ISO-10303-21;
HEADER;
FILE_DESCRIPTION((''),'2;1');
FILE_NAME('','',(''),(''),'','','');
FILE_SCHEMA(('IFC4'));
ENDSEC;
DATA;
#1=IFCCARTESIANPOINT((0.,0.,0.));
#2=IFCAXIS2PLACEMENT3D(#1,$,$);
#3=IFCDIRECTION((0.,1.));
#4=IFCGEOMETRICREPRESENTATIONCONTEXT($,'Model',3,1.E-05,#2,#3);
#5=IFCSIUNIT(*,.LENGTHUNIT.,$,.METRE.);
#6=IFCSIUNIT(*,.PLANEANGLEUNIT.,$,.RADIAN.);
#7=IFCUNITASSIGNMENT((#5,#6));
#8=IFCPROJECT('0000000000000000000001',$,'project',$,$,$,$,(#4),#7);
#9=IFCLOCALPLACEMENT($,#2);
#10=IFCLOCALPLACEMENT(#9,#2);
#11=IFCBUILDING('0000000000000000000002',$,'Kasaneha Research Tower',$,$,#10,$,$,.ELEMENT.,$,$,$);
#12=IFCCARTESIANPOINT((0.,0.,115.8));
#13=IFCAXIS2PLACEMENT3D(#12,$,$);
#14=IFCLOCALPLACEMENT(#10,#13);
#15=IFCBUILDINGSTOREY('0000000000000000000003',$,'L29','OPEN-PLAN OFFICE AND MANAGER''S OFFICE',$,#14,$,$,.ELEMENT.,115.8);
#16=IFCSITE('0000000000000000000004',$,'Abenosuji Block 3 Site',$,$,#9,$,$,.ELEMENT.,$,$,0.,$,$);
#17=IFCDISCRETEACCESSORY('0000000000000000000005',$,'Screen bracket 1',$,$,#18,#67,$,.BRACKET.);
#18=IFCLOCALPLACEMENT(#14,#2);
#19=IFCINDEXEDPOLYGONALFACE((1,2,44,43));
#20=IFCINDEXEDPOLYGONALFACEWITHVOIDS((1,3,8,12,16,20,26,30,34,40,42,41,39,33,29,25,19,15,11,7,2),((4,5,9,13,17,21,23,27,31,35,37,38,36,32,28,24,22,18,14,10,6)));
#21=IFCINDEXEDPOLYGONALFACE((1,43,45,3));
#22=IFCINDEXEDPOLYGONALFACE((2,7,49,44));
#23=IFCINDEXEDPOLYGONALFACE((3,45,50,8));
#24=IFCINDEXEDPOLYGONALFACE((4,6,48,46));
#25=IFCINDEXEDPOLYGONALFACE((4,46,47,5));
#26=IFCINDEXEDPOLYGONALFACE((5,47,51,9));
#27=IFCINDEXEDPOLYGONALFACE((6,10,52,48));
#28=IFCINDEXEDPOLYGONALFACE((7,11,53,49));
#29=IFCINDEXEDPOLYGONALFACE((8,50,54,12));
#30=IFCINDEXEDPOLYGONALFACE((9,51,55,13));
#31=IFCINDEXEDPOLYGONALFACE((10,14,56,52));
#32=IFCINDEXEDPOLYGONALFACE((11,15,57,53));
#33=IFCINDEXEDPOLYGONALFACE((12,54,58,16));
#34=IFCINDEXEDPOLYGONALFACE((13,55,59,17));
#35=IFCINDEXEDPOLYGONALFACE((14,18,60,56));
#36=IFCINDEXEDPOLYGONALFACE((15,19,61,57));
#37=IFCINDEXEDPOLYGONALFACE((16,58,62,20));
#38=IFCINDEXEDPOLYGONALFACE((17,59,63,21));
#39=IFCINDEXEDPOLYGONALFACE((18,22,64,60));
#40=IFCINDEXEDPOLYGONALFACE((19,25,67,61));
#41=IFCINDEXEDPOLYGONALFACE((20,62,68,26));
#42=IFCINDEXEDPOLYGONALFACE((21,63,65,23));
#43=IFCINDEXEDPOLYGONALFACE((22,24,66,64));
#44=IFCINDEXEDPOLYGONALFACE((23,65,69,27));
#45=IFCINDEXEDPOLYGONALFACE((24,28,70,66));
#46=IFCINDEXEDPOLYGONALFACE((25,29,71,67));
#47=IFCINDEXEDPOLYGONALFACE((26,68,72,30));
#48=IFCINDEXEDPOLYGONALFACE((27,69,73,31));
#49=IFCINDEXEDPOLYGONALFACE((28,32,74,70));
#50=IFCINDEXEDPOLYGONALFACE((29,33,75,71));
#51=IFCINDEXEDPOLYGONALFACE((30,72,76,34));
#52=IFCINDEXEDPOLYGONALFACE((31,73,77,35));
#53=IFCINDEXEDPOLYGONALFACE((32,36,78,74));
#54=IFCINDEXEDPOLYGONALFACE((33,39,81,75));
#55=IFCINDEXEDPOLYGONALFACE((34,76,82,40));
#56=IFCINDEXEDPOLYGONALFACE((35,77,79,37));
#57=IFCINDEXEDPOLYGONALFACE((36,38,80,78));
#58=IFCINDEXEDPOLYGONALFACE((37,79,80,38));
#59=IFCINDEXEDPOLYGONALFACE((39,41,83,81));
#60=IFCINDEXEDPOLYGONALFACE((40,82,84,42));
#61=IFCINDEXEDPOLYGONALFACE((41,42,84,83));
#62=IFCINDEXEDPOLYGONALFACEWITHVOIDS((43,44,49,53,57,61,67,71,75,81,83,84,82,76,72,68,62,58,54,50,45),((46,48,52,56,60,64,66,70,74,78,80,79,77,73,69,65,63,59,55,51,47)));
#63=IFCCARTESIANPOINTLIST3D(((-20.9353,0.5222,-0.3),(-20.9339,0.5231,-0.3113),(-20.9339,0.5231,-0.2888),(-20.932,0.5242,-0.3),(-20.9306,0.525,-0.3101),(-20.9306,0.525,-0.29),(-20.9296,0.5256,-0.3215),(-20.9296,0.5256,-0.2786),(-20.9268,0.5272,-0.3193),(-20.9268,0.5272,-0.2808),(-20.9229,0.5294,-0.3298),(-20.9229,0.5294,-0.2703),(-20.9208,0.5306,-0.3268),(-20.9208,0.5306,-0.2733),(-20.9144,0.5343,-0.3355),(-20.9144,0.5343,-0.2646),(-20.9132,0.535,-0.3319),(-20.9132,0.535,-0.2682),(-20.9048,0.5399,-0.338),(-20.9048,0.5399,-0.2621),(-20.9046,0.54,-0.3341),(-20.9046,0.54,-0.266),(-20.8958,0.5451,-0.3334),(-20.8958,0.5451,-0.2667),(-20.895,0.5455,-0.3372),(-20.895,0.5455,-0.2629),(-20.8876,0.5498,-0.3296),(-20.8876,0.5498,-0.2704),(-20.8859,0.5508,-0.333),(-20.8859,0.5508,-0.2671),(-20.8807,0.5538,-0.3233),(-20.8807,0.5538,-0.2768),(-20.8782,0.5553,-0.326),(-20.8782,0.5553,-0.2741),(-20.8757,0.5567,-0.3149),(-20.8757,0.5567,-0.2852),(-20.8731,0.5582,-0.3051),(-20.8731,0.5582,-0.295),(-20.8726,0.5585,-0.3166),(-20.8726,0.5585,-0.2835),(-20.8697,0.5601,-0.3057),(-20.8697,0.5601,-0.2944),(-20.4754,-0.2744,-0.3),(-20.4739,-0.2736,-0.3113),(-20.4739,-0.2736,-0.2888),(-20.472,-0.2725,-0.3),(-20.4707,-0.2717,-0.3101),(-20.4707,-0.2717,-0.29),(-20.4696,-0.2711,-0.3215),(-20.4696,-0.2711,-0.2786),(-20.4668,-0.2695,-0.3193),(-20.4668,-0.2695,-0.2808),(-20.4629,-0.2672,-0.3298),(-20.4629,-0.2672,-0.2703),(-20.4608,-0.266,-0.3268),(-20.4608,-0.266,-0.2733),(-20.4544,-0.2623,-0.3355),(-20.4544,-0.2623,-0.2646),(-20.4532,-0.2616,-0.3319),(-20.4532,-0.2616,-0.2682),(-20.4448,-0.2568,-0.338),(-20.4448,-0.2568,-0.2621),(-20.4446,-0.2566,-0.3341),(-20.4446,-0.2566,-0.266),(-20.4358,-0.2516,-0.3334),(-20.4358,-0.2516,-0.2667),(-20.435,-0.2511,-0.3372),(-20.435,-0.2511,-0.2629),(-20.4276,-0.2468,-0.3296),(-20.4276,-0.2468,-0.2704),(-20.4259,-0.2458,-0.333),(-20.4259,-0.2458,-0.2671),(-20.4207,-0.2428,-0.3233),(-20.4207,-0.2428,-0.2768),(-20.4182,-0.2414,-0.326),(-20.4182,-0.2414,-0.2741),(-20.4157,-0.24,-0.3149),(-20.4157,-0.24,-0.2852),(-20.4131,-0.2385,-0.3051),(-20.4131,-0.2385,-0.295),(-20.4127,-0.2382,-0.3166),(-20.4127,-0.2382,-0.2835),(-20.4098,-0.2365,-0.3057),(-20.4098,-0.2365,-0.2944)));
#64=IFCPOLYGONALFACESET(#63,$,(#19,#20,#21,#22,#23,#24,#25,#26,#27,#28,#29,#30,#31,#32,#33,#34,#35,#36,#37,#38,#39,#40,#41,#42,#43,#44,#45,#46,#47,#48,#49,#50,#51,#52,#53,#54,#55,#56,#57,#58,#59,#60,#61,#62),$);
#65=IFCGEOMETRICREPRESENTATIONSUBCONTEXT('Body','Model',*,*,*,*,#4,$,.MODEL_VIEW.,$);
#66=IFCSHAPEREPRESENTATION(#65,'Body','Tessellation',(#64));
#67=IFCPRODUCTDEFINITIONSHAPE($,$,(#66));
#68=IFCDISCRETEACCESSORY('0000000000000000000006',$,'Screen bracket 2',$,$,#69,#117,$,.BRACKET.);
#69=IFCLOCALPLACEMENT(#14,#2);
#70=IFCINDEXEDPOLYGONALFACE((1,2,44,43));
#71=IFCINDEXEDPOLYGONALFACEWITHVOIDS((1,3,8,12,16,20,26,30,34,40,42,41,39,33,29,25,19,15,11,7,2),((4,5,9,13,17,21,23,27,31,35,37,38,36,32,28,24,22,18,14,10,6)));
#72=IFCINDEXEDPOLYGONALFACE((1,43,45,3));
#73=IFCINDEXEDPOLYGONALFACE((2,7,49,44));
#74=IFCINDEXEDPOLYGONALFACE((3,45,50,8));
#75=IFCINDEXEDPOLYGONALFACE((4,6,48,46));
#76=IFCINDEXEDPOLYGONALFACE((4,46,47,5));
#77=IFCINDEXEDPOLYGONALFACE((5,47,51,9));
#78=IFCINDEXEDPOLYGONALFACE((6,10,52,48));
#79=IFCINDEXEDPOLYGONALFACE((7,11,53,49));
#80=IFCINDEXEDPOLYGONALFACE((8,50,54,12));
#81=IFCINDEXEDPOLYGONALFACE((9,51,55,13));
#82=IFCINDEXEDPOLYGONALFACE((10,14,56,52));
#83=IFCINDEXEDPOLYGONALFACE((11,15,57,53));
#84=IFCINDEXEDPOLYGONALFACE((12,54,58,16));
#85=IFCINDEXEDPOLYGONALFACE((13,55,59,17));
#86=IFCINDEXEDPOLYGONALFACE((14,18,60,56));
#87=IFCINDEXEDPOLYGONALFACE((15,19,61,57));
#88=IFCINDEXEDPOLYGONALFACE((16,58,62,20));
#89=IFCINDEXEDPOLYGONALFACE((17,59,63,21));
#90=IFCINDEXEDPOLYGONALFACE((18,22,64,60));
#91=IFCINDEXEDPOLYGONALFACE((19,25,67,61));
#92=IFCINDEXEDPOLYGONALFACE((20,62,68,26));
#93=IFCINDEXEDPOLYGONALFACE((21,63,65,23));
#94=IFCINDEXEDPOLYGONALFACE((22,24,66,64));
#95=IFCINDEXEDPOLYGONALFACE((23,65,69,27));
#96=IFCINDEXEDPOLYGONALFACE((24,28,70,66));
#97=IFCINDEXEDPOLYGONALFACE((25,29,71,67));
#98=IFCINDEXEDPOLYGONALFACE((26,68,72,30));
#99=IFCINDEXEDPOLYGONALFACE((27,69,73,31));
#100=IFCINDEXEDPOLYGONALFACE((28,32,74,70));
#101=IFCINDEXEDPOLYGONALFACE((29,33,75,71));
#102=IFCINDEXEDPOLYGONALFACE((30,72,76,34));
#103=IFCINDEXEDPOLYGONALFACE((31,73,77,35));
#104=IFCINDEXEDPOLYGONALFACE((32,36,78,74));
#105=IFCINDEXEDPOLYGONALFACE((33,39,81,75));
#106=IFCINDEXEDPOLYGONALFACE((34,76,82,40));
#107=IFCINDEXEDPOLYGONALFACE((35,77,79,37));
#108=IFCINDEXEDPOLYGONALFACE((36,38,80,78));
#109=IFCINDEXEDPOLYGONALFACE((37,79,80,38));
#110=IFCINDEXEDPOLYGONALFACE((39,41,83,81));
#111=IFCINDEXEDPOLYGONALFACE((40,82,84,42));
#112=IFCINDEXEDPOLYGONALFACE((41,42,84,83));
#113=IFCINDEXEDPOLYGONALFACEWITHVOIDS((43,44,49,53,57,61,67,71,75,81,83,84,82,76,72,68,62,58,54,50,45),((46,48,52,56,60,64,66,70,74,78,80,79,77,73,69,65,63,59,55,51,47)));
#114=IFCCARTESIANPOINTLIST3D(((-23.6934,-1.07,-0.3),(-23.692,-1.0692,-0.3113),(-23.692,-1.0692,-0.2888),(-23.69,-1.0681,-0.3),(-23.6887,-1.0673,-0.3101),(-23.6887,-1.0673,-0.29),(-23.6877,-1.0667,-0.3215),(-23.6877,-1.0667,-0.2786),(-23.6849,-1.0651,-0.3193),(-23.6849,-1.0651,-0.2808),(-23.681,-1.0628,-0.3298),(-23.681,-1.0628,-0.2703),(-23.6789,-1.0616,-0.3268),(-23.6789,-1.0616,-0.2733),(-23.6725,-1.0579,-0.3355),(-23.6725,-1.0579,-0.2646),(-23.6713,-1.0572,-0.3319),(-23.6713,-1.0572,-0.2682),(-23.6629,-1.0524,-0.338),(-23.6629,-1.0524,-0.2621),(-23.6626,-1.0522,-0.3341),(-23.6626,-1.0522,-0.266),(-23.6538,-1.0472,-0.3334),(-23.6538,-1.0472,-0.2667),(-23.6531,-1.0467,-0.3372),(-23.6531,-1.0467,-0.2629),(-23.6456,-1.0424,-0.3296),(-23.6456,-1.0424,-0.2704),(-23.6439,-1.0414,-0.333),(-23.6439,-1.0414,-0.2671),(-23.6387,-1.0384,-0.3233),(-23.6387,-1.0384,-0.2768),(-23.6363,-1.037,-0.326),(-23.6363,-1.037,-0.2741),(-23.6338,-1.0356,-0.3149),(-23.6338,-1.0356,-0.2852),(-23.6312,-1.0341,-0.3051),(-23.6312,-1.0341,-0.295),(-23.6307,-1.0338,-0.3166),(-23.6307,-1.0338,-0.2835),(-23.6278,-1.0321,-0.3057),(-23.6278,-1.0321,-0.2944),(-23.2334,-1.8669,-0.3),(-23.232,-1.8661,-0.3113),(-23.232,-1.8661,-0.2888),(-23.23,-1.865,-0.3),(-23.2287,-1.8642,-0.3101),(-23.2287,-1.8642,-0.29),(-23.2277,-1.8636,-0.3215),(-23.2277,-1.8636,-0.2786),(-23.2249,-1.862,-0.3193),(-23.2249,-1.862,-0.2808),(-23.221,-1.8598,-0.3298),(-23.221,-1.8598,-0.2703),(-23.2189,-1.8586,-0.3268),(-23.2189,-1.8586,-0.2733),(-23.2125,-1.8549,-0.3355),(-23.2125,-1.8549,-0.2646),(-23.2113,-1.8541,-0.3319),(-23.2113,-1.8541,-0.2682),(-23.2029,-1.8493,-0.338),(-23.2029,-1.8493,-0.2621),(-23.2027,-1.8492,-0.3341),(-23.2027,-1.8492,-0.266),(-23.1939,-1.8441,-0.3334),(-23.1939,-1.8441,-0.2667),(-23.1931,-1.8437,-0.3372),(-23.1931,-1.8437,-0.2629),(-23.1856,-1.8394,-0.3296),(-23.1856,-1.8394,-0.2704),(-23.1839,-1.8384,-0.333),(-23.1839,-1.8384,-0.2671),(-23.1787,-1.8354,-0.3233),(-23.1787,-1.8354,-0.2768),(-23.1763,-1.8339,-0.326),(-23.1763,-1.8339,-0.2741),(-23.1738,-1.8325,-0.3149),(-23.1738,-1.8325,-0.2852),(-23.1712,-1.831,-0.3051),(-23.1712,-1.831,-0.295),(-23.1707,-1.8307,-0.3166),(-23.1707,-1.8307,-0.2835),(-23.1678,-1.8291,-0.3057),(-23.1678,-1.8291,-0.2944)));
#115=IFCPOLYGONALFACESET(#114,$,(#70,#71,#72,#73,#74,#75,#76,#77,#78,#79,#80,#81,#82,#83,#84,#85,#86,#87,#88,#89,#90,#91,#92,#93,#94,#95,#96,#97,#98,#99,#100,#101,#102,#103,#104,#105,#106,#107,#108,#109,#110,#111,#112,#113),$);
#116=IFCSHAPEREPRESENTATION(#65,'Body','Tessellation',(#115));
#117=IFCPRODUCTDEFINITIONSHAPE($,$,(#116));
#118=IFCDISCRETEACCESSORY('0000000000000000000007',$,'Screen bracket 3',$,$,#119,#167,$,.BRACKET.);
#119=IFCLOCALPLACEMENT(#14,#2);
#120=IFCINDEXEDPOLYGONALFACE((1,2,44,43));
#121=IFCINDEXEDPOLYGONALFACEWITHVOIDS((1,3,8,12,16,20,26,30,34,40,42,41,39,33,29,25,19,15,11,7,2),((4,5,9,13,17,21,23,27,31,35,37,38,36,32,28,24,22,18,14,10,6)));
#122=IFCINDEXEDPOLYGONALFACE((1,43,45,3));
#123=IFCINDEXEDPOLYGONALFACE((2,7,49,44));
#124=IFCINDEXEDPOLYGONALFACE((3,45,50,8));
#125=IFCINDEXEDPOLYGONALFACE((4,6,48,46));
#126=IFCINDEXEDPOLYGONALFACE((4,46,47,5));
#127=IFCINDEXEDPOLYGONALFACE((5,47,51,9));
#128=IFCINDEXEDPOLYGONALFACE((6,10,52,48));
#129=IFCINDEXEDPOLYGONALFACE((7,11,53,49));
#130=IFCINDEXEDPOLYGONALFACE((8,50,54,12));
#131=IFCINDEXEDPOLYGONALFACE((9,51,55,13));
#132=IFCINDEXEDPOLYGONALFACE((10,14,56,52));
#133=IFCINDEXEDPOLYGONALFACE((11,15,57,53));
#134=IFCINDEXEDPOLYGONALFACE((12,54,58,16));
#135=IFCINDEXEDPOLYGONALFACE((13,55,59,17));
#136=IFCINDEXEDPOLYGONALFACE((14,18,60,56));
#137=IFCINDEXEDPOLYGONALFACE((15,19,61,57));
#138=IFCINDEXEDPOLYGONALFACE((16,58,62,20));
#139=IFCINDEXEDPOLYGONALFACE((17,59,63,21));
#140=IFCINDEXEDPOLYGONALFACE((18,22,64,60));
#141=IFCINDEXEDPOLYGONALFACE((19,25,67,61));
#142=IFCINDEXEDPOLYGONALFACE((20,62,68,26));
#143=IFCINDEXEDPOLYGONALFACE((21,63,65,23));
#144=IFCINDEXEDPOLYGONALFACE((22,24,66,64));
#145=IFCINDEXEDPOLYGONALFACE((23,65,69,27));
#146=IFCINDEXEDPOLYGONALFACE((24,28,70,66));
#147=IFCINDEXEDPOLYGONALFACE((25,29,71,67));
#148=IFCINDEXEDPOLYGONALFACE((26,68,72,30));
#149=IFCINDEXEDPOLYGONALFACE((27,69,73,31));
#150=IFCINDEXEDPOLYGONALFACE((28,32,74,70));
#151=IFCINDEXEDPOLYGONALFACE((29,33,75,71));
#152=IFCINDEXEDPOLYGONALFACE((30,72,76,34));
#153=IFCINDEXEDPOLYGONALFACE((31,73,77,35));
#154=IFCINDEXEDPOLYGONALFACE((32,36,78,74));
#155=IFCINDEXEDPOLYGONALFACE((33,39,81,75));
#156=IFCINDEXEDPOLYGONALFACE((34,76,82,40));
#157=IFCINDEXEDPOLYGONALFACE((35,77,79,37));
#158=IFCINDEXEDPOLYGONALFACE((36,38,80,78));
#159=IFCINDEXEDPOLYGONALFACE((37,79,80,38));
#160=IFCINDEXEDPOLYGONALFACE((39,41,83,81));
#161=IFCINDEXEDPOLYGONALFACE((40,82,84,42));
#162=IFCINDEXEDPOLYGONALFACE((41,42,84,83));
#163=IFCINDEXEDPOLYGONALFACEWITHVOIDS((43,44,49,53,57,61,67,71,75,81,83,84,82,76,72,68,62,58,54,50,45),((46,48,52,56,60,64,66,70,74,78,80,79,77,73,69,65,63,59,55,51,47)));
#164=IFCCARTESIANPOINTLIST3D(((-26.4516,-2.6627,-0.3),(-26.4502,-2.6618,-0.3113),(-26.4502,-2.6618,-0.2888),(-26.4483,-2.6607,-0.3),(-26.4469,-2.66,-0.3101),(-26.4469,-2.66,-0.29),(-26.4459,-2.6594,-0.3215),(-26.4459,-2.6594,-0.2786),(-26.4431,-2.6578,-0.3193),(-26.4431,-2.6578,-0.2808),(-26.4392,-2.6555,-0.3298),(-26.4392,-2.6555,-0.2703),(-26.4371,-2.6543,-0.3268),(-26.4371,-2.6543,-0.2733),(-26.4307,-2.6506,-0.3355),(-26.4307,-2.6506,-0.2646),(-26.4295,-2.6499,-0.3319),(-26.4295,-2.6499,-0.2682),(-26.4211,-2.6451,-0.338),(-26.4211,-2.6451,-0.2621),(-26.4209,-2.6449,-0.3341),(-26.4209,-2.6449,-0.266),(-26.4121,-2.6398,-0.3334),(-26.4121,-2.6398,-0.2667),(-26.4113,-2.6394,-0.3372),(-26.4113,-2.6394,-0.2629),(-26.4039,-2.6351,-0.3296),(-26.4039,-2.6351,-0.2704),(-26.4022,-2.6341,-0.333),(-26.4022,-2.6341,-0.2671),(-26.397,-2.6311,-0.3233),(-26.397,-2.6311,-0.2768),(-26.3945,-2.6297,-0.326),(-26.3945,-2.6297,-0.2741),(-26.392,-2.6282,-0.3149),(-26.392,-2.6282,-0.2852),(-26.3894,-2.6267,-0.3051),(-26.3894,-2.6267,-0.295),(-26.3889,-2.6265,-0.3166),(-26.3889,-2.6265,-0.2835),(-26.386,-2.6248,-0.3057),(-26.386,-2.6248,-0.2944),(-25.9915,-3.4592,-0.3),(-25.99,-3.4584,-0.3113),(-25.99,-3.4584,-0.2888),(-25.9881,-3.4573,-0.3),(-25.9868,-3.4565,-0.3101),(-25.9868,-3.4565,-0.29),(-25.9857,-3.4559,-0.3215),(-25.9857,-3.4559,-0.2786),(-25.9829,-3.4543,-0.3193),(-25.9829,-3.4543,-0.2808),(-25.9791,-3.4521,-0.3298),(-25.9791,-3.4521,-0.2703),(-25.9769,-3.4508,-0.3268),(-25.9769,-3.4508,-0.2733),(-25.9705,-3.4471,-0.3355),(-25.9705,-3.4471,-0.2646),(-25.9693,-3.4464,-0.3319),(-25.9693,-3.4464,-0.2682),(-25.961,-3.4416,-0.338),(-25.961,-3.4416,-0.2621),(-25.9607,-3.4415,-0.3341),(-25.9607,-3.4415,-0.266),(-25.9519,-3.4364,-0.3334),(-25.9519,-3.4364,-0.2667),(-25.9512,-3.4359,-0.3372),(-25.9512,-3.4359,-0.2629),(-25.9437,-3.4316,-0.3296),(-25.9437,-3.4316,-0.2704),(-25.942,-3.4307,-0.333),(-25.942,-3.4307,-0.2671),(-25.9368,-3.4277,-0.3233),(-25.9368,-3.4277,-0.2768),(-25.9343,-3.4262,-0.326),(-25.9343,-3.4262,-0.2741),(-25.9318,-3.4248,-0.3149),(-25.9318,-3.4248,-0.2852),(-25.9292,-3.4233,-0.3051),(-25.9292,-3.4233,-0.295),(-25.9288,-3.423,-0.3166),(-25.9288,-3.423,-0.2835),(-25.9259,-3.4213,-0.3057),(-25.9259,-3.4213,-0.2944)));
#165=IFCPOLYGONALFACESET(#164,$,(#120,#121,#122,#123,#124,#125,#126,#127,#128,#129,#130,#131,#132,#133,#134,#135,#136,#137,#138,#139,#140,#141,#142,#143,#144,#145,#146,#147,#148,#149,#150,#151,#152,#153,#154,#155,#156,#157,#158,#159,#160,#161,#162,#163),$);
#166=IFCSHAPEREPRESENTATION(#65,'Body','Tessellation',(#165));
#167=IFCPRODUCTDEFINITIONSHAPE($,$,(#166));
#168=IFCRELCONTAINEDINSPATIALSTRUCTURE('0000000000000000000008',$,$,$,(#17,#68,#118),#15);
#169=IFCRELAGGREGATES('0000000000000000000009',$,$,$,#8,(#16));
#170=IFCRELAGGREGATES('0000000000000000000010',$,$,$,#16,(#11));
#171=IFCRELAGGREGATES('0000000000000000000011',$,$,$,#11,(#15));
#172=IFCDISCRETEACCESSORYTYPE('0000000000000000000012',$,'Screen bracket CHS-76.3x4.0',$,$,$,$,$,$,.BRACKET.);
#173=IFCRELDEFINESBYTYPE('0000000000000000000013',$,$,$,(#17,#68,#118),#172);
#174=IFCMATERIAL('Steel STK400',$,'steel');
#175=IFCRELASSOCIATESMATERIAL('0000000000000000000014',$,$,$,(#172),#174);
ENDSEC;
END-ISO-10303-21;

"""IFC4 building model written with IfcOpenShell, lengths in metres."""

from ifc_helpers import new_model, si_unit, direction, frame, origin, origin_2d, place, context, subcontext, project, spatial, hollow_circle, extrude, material, material_profile, profile_set, type_object, element, save


model = new_model("IFC4")

# Units and contexts
model_context = context("Model", 3, precision=1e-05, world=origin(), true_north=direction((0.0, 1.0)))
body_context = subcontext(model_context, "Body", "Model", "MODEL_VIEW")
ifc_project = project(units=[si_unit("LENGTHUNIT", "METRE"), si_unit("PLANEANGLEUNIT", "RADIAN")], contexts=[model_context])

# Site, building, storey
site_placement = place(None, origin())
site = spatial("IfcSite", under=ifc_project, at=site_placement, Name="Abenosuji Block 3 Site", CompositionType="ELEMENT", RefElevation=0.0)
building_placement = place(site_placement, origin())
building = spatial("IfcBuilding", under=site, at=building_placement, Name="Kasaneha Research Tower", CompositionType="ELEMENT")
storey_placement = place(building_placement, frame((0.0, 0.0, 115.8)))
storey = spatial("IfcBuildingStorey", under=building, at=storey_placement, Name="L29", Description="OPEN-PLAN OFFICE AND MANAGER'S OFFICE", CompositionType="ELEMENT", Elevation=115.8)

# Discrete accessories
ifc_material_1 = material(Name="Steel STK400", Category="steel")
ifc_material_profile_1 = material_profile(ifc_material_1, hollow_circle(Radius=0.0381, WallThickness=0.0039, at=origin_2d()), Name="CHS-76.3x4.0")
ifc_profile_set_1 = profile_set([ifc_material_profile_1], Name="Steel STK400")
discrete_accessory_type = type_object("IfcDiscreteAccessoryType", Name="Screen bracket CHS-76.3x4.0", PredefinedType="BRACKET", material=ifc_profile_set_1)
discrete_accessory_1_placement = place(storey_placement, frame((-20.4424, -0.2554, -0.3), z_axis=(-0.500021, 0.866013, 0.0), x_axis=(-0.866013, -0.500021, 0.0)))
element("IfcDiscreteAccessory", 1, at=discrete_accessory_1_placement, inside=storey, type_object=discrete_accessory_type, Name="Screen bracket 1", PredefinedType="BRACKET", context=body_context, shape_type="SweptSolid", body=[
    extrude(hollow_circle(Radius=0.0381, WallThickness=0.0039, at=origin_2d()), origin(), (0.0, 0.0, 1.0), 0.9199),
])
discrete_accessory_2_placement = place(storey_placement, frame((-23.2004, -1.8479, -0.3), z_axis=(-0.499906, 0.86608, 0.0), x_axis=(-0.86608, -0.499906, 0.0)))
element("IfcDiscreteAccessory", 2, at=discrete_accessory_2_placement, inside=storey, type_object=discrete_accessory_type, Name="Screen bracket 2", PredefinedType="BRACKET", context=body_context, shape_type="SweptSolid", body=[
    extrude(hollow_circle(Radius=0.0381, WallThickness=0.0039, at=origin_2d()), origin(), (0.0, 0.0, 1.0), 0.9202),
])
discrete_accessory_3_placement = place(storey_placement, frame((-25.9585, -3.4402, -0.3), z_axis=(-0.50022, 0.865898, 0.0), x_axis=(-0.865898, -0.50022, 0.0)))
element("IfcDiscreteAccessory", 3, at=discrete_accessory_3_placement, inside=storey, type_object=discrete_accessory_type, Name="Screen bracket 3", PredefinedType="BRACKET", context=body_context, shape_type="SweptSolid", body=[
    extrude(hollow_circle(Radius=0.0381, WallThickness=0.0039, at=origin_2d()), origin(), (0.0, 0.0, 1.0), 0.9199),
])

save(model, "model.ifc")
